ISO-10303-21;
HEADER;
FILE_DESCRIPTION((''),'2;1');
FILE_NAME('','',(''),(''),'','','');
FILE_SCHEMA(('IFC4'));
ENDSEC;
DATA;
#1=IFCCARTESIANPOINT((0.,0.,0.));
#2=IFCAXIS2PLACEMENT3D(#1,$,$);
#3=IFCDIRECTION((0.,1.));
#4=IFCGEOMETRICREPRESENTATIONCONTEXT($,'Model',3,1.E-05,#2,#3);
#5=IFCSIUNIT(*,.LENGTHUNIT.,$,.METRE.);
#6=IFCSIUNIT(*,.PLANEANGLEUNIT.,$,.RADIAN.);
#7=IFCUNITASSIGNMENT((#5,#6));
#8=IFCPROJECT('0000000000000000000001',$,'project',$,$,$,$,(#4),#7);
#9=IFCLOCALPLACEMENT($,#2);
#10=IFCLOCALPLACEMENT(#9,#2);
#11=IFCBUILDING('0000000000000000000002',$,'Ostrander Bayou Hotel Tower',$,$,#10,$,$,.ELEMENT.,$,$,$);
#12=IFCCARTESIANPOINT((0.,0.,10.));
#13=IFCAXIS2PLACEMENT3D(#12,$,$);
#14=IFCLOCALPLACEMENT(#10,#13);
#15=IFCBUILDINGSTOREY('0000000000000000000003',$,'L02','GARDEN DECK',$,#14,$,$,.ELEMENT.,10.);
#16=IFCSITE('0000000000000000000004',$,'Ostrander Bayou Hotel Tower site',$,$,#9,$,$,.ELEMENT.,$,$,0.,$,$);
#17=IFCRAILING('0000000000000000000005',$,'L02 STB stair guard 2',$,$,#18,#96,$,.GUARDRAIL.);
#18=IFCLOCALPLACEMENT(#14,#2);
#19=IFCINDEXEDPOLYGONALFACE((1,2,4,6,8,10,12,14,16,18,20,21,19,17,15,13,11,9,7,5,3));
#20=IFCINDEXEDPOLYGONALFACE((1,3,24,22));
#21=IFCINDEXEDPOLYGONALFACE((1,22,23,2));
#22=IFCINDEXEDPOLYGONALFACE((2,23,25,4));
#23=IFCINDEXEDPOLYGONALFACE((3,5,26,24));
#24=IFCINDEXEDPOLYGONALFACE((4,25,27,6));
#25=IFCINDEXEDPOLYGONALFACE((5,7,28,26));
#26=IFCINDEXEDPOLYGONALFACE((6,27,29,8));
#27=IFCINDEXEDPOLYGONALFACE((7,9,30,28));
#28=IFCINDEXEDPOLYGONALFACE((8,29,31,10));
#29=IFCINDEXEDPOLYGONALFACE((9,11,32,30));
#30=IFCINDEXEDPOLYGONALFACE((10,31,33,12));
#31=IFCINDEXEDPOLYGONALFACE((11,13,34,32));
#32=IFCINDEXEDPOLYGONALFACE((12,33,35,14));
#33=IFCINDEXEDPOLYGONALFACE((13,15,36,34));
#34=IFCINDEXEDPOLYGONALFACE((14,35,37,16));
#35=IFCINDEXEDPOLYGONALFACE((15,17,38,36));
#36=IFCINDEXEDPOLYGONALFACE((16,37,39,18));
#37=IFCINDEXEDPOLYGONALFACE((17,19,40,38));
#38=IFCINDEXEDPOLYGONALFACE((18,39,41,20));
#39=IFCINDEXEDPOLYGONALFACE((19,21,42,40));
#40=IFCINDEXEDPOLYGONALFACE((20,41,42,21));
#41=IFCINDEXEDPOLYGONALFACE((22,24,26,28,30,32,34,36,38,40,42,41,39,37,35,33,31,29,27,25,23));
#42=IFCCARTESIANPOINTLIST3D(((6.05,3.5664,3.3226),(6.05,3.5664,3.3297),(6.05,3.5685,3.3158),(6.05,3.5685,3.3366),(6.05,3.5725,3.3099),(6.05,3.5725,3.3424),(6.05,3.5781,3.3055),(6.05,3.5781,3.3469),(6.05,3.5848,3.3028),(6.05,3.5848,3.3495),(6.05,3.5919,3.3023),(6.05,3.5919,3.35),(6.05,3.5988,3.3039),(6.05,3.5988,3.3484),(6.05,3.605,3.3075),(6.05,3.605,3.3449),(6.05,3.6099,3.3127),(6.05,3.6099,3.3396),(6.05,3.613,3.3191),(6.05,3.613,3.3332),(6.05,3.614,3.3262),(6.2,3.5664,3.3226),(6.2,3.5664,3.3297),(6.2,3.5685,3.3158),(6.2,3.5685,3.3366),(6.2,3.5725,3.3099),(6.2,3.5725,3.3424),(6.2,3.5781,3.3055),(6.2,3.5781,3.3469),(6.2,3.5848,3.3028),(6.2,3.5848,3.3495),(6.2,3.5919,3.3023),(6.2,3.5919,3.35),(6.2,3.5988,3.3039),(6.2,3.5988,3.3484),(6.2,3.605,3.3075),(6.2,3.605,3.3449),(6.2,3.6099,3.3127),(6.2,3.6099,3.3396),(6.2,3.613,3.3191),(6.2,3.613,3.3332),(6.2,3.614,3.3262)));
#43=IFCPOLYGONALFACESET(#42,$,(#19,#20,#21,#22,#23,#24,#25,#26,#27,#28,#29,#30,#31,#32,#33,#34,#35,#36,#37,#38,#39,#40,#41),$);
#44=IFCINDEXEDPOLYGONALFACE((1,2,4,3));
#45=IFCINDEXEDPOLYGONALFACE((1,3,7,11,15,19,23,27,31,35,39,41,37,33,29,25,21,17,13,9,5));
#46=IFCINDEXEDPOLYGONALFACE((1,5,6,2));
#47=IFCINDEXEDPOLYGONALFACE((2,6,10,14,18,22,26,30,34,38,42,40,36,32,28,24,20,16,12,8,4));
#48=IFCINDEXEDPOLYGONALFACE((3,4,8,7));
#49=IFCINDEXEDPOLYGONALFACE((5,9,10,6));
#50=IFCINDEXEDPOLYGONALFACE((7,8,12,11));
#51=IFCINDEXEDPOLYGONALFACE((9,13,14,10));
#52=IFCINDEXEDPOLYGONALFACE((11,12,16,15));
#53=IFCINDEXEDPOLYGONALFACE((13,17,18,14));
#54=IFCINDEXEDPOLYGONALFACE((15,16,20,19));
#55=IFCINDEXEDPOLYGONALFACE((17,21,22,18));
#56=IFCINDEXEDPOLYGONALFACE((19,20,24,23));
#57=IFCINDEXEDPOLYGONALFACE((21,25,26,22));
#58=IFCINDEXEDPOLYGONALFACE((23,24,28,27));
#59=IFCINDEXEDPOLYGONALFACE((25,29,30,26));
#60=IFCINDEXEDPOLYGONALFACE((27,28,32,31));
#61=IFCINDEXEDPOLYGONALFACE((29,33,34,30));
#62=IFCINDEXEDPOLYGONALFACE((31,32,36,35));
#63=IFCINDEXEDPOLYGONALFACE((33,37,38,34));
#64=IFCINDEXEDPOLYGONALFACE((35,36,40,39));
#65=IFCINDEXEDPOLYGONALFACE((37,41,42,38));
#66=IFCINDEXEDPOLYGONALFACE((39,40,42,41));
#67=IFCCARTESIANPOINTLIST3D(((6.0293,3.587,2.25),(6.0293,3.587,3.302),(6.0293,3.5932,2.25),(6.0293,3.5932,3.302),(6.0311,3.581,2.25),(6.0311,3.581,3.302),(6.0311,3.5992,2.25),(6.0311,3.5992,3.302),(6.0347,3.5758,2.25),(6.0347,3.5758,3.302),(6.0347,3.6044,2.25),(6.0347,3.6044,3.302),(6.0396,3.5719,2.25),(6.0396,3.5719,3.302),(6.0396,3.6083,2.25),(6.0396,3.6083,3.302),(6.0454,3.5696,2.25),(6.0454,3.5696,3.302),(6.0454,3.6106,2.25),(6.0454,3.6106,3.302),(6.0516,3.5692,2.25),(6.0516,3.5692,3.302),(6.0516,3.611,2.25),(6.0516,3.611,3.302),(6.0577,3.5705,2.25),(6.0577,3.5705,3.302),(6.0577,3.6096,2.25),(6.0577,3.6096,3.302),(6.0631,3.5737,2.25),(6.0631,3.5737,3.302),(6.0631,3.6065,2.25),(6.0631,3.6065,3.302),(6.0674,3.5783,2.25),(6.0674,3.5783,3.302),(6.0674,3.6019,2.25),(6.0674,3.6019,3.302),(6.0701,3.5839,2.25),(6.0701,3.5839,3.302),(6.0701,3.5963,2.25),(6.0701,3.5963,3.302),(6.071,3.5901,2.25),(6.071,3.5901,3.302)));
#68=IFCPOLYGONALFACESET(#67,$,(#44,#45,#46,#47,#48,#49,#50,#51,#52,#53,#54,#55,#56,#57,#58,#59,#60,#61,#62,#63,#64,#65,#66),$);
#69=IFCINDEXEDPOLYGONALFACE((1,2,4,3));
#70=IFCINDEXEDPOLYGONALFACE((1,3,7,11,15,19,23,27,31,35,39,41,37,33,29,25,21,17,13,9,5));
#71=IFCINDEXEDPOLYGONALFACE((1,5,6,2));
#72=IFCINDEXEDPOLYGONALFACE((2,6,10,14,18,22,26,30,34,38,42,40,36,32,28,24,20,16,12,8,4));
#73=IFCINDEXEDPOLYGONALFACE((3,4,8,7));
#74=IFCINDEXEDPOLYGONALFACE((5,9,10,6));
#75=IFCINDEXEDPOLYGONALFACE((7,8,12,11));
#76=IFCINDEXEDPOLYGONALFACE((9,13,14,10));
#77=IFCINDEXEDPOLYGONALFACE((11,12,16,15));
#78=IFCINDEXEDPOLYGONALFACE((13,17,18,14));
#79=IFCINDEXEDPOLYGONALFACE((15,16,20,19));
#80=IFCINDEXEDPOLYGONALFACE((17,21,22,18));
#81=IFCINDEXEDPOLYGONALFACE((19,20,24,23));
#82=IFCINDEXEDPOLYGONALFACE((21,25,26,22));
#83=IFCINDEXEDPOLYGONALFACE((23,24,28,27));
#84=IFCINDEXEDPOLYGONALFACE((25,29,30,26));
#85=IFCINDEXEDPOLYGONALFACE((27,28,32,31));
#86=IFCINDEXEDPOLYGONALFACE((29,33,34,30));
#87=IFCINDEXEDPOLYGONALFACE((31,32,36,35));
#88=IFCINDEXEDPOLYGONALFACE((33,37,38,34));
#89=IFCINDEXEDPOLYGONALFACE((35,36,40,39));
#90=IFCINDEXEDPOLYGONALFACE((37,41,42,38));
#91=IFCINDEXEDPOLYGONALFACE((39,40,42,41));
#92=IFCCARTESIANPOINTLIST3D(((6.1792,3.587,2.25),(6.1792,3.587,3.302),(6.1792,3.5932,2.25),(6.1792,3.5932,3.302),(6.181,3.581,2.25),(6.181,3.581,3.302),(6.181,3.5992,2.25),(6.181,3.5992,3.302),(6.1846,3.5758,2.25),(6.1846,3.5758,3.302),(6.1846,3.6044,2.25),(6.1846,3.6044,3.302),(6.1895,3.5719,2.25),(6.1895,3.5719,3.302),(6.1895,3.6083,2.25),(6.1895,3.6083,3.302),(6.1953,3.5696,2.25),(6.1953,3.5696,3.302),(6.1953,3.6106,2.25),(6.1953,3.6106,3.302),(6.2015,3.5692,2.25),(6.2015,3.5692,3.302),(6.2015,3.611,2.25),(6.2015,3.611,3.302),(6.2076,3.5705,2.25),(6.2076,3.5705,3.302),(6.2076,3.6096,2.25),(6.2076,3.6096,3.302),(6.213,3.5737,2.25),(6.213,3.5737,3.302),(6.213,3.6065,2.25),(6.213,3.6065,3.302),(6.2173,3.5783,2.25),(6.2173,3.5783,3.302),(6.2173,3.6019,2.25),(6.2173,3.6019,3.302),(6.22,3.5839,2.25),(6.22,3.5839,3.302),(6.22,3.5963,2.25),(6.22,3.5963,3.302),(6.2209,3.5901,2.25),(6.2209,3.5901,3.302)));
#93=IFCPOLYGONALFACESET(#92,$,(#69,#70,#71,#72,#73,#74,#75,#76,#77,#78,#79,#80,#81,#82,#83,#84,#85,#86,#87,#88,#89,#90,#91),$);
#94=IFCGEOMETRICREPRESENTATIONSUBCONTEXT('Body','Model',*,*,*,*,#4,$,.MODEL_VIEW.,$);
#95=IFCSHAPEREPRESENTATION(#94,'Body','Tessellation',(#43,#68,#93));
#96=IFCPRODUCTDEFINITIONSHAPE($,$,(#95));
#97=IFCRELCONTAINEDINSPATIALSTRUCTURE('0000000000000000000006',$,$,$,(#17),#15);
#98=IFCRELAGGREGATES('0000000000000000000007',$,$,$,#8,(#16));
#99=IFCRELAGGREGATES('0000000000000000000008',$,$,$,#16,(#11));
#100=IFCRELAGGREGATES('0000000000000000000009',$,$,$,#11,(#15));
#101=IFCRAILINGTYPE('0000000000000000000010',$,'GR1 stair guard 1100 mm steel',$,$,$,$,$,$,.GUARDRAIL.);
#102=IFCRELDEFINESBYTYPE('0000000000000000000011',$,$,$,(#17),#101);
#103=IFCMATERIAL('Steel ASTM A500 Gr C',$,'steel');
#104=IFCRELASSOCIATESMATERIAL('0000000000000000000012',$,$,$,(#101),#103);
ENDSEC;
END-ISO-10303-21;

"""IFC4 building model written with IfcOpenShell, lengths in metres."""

from ifc_helpers import new_model, si_unit, direction, frame, origin, origin_2d, place, context, subcontext, project, spatial, circle, extrude, material, type_object, element, save


model = new_model("IFC4")

# Units and contexts
model_context = context("Model", 3, precision=1e-05, world=origin(), true_north=direction((0.0, 1.0)))
body_context = subcontext(model_context, "Body", "Model", "MODEL_VIEW")
ifc_project = project(units=[si_unit("LENGTHUNIT", "METRE"), si_unit("PLANEANGLEUNIT", "RADIAN")], contexts=[model_context])

# Site, building, storey
site_placement = place(None, origin())
site = spatial("IfcSite", under=ifc_project, at=site_placement, Name="Ostrander Bayou Hotel Tower site", CompositionType="ELEMENT", RefElevation=0.0)
building_placement = place(site_placement, origin())
building = spatial("IfcBuilding", under=site, at=building_placement, Name="Ostrander Bayou Hotel Tower", CompositionType="ELEMENT")
storey_placement = place(building_placement, frame((0.0, 0.0, 10.0)))
storey = spatial("IfcBuildingStorey", under=building, at=storey_placement, Name="L02", Description="GARDEN DECK", CompositionType="ELEMENT", Elevation=10.0)

# Railing
ifc_material_1 = material(Name="Steel ASTM A500 Gr C", Category="steel")
railing_type_1 = type_object("IfcRailingType", Name="GR1 stair guard 1100 mm steel", PredefinedType="GUARDRAIL", material=ifc_material_1)
railing_1_placement = place(storey_placement, frame((6.05, 3.5901, 2.25)))
element("IfcRailing", 1, at=railing_1_placement, inside=storey, type_object=railing_type_1, Name="L02 STB stair guard 2", PredefinedType="GUARDRAIL", context=body_context, shape_type="SweptSolid", body=[
    extrude(circle(Radius=0.0239, at=origin_2d()), frame((0.0, 0.0, 1.0762), z_axis=(1.0, 0.0, 0.0), x_axis=(0.0, 1.0, 0.0)), (0.0, 0.0, 1.0), 0.1499),
    extrude(circle(Radius=0.021, at=origin_2d()), origin(), (0.0, 0.0, 1.0), 1.052),
    extrude(circle(Radius=0.021, at=origin_2d()), frame((0.1499, 0.0, 0.0)), (0.0, 0.0, 1.0), 1.052),
])

save(model, "model.ifc")
